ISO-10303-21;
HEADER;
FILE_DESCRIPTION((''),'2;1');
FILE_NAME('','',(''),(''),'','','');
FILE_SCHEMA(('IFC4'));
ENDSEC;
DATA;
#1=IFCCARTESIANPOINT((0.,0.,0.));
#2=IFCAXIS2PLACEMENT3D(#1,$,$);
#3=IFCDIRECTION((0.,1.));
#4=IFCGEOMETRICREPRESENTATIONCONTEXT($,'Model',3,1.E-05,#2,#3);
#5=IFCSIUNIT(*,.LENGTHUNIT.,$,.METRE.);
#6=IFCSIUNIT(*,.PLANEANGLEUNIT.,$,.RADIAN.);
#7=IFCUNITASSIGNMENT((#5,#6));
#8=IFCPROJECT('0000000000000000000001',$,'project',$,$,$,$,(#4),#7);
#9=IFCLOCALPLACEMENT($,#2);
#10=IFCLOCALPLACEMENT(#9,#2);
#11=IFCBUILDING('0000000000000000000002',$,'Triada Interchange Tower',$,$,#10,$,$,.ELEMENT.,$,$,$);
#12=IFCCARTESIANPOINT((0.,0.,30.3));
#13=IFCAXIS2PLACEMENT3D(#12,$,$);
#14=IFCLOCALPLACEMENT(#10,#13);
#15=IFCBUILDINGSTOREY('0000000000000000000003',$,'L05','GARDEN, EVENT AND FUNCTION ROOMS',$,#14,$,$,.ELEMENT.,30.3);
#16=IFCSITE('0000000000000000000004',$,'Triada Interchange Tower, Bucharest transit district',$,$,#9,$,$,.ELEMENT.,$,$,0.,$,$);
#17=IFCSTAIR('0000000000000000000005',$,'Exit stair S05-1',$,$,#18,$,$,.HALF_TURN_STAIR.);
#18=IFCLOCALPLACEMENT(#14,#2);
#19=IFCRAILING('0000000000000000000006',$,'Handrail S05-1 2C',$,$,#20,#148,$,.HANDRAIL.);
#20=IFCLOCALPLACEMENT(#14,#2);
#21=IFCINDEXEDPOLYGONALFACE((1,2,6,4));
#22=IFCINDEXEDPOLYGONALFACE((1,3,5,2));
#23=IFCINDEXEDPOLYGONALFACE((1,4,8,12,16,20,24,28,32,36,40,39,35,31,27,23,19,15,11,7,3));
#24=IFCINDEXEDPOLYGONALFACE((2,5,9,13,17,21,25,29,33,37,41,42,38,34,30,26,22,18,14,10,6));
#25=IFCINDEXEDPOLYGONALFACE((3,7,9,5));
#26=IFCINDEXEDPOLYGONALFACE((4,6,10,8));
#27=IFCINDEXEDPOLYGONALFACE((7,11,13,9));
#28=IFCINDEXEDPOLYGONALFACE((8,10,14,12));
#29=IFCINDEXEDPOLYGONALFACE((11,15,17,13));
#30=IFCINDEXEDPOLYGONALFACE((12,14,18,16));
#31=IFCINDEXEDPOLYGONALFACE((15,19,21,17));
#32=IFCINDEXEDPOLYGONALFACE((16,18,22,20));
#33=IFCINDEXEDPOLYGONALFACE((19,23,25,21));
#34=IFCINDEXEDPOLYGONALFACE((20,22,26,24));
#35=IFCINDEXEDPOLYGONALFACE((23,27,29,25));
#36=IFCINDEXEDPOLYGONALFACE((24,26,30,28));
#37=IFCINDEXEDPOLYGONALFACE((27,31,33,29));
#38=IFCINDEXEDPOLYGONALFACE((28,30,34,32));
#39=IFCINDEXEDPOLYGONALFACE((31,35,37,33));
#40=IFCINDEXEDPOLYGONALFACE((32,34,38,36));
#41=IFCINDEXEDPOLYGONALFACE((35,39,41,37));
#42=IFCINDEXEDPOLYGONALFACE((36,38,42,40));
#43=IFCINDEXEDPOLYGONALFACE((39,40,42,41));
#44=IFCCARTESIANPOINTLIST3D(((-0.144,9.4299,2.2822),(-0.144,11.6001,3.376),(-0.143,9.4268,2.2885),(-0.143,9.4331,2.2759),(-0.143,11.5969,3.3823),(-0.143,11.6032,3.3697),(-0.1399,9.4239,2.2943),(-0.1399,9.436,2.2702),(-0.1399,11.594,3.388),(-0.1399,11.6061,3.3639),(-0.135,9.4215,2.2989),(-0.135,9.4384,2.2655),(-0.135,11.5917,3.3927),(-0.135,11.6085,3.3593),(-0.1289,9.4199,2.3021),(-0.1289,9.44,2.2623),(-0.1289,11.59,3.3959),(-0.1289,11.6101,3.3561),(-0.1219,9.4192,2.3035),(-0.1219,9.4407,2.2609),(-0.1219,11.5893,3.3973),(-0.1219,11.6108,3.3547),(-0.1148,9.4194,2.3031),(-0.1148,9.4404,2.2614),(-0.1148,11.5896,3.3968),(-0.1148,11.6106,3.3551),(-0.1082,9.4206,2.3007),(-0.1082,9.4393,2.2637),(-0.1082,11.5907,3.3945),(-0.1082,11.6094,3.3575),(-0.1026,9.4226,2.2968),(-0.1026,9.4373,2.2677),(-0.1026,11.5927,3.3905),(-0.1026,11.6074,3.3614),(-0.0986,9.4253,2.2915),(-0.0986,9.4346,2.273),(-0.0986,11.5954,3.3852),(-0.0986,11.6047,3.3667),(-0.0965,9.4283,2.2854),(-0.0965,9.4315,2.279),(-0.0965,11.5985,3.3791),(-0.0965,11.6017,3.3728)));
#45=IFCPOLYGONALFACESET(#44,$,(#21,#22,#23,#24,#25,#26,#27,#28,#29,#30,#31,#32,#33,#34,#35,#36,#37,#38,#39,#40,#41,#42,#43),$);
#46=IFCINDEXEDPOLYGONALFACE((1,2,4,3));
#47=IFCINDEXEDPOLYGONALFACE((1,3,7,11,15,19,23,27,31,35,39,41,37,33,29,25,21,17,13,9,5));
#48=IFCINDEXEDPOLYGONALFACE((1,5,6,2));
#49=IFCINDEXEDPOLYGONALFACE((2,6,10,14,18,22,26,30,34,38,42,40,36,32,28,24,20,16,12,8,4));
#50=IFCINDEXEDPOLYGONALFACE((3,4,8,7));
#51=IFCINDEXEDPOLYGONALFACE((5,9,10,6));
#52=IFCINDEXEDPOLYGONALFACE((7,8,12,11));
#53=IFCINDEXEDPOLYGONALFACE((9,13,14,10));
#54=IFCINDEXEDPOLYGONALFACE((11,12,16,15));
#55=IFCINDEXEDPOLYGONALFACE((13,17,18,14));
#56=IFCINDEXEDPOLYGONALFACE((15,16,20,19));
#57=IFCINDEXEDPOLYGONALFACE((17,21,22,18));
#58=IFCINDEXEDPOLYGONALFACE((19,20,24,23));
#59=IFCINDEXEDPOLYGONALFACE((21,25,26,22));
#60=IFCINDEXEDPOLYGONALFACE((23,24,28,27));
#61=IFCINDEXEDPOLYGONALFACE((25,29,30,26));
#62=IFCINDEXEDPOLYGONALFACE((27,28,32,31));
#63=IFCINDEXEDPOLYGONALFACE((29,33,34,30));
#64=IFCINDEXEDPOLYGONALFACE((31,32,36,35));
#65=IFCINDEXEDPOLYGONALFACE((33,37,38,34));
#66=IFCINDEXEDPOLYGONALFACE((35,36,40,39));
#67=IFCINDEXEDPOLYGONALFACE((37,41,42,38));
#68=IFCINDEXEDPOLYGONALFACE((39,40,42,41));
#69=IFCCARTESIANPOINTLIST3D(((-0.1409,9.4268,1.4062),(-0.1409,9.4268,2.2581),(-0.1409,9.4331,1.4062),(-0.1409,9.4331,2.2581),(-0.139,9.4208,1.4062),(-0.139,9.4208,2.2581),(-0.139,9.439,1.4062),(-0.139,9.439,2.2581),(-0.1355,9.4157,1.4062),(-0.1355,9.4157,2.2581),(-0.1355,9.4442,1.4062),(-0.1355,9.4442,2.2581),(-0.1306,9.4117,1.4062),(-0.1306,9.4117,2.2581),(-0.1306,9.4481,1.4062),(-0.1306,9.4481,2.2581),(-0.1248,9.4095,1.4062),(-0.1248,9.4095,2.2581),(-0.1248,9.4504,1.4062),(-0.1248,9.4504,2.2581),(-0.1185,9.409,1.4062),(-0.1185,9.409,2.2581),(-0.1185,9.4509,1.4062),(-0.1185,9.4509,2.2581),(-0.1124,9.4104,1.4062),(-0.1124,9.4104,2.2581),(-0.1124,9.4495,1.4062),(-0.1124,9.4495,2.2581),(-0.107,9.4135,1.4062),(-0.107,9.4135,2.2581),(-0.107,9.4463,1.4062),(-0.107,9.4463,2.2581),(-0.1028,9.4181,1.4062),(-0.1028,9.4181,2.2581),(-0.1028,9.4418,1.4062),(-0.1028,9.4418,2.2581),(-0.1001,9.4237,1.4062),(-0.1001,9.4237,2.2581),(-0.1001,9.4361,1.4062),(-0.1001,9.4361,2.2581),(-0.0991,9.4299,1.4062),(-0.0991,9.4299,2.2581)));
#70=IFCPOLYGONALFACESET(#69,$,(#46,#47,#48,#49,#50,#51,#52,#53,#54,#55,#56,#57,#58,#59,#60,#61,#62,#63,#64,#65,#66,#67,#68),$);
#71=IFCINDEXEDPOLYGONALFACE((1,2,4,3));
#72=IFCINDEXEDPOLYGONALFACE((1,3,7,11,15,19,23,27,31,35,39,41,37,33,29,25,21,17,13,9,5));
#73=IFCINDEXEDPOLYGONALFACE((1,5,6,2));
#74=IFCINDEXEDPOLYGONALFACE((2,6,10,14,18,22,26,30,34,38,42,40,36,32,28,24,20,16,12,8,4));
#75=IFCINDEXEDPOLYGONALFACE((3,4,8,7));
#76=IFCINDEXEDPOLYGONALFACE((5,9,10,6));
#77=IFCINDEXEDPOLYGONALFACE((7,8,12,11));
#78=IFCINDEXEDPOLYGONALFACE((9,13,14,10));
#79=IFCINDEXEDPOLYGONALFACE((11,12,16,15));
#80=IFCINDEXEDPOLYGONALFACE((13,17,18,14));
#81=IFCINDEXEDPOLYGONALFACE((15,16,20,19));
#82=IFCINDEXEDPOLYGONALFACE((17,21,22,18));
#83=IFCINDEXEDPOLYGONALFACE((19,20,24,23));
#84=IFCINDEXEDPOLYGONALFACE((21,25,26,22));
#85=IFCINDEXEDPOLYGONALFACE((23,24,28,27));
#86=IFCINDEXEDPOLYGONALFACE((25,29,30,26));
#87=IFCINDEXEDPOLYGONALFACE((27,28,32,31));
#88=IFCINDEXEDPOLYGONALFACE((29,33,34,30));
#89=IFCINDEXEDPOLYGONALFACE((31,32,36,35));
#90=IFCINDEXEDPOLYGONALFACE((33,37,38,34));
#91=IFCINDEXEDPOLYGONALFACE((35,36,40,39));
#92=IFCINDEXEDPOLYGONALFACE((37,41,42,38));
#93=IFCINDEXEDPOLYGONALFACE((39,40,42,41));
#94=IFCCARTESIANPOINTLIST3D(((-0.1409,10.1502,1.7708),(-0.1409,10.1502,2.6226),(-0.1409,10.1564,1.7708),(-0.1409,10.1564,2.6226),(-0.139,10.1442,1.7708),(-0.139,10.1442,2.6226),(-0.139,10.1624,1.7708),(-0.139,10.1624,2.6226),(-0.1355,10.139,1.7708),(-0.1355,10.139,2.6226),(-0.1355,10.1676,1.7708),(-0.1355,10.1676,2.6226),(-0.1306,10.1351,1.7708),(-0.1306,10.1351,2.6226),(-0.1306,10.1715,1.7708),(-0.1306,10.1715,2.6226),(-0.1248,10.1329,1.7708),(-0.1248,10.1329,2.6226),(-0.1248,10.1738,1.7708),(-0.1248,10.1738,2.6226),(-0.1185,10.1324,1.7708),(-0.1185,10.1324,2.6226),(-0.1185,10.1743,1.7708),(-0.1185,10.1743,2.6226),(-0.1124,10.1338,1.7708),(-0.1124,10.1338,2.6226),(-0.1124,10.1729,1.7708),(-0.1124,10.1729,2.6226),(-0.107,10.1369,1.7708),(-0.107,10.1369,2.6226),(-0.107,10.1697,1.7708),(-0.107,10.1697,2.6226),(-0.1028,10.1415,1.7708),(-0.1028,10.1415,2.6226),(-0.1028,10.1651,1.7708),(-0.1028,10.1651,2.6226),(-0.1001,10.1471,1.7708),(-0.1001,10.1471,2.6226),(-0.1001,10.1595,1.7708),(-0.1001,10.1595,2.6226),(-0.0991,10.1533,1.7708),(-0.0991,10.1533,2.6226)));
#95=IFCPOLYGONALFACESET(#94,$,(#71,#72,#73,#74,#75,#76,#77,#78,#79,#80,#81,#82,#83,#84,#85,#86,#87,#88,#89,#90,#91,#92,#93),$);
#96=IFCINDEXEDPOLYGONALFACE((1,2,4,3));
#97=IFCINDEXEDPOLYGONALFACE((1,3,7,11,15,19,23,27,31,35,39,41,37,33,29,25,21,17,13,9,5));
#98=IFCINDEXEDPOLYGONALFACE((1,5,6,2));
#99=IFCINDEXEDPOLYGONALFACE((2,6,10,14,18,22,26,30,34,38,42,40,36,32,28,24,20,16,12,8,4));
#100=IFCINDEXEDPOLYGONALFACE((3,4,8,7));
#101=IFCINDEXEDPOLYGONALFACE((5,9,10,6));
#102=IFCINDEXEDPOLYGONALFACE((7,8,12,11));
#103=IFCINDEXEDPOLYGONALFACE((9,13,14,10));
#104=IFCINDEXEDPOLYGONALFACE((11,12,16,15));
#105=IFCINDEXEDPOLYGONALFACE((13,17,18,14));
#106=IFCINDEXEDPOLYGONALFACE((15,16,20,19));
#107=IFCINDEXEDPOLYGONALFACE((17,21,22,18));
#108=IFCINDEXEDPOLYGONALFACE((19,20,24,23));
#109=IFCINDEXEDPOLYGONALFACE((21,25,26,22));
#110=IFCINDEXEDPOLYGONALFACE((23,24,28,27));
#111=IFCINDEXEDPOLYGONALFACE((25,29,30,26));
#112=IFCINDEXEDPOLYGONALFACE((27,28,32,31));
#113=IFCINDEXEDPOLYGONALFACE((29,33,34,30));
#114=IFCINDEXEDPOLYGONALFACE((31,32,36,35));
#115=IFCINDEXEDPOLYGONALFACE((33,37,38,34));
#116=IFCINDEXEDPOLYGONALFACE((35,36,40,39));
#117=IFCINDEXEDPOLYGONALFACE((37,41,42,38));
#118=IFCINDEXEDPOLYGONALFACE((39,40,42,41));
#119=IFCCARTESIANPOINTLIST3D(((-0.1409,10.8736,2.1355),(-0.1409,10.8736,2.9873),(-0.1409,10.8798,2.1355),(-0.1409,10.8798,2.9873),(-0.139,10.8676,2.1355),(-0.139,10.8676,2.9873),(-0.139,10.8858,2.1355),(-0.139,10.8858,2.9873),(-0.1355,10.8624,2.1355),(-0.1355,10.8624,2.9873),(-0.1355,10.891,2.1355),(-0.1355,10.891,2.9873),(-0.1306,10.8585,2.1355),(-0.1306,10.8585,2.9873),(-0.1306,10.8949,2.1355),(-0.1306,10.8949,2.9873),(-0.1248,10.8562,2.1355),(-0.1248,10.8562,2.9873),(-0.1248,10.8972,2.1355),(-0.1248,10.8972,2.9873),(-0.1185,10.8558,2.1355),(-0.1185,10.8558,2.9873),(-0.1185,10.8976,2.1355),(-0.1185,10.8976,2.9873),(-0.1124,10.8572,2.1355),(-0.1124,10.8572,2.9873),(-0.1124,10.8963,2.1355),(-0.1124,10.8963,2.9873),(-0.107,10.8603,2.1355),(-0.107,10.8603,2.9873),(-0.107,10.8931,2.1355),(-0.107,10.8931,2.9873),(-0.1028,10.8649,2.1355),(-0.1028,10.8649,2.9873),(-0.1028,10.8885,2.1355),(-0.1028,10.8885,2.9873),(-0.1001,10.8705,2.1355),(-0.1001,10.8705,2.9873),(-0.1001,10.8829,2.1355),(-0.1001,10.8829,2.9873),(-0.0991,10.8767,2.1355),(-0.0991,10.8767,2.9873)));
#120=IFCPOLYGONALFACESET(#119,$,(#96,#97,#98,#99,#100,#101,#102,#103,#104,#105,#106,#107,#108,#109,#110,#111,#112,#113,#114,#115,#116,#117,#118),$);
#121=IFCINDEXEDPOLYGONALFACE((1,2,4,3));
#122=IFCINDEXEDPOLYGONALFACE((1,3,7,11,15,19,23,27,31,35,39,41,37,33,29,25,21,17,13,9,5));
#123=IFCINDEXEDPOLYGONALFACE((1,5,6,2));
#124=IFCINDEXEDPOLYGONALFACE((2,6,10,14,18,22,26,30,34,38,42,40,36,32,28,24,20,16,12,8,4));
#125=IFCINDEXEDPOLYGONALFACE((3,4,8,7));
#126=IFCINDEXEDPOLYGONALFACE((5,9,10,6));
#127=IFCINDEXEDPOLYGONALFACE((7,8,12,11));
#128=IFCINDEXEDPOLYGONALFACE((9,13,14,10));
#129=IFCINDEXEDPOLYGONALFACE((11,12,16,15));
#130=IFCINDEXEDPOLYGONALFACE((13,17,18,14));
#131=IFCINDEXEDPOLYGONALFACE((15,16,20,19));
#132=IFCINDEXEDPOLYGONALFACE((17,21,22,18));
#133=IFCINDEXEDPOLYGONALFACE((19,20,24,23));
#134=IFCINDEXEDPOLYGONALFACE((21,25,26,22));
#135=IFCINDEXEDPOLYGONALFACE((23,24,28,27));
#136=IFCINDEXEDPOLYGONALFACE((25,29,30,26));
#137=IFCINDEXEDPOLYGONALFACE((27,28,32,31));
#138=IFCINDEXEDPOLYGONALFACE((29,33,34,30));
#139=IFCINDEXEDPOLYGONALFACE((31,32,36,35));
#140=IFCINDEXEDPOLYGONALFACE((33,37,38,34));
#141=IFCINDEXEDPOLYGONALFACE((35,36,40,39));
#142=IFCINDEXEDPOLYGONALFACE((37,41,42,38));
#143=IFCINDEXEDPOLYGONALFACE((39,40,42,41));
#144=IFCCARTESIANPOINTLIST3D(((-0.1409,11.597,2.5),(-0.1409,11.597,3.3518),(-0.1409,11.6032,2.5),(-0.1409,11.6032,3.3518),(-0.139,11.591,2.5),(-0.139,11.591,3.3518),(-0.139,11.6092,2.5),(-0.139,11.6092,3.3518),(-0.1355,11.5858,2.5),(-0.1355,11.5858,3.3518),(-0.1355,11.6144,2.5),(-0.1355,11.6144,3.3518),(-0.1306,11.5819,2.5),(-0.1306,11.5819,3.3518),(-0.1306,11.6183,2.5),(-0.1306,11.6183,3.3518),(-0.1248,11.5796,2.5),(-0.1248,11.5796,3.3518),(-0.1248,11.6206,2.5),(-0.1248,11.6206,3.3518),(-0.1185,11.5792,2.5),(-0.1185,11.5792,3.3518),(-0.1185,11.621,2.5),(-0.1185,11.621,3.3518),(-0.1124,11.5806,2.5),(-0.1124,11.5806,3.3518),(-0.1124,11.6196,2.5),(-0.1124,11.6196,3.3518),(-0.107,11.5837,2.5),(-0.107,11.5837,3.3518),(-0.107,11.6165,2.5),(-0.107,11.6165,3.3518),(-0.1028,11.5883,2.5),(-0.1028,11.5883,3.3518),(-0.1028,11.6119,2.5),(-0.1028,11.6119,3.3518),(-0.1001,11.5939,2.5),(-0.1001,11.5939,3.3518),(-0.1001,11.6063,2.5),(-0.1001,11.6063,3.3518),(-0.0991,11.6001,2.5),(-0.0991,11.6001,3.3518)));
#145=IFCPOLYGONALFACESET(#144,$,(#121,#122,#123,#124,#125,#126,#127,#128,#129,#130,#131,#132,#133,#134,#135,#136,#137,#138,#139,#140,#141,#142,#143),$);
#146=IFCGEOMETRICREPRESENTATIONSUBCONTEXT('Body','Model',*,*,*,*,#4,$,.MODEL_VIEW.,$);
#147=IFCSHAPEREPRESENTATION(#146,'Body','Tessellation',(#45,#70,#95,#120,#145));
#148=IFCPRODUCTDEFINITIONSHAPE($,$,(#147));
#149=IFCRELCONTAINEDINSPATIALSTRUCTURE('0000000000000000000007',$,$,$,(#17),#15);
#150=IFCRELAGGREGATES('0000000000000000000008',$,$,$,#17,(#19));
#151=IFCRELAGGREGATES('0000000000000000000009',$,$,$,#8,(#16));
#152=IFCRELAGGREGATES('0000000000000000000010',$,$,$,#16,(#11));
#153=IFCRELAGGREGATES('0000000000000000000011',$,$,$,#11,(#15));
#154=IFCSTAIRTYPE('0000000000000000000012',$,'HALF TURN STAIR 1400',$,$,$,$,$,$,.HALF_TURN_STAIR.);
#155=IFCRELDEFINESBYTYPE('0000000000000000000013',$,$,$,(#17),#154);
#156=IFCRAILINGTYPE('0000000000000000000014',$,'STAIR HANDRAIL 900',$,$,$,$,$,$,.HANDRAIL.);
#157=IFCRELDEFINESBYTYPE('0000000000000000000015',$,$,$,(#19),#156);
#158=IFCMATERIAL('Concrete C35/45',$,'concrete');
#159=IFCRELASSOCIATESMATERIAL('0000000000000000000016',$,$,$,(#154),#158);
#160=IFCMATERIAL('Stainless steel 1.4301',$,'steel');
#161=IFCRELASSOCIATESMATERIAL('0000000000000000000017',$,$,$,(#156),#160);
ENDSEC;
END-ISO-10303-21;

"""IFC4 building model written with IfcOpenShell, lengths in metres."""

from ifc_helpers import new_model, si_unit, direction, frame, origin, origin_2d, place, context, subcontext, project, spatial, circle, extrude, material, type_object, element, aggregate, save


model = new_model("IFC4")

# Units and contexts
model_context = context("Model", 3, precision=1e-05, world=origin(), true_north=direction((0.0, 1.0)))
body_context = subcontext(model_context, "Body", "Model", "MODEL_VIEW")
ifc_project = project(units=[si_unit("LENGTHUNIT", "METRE"), si_unit("PLANEANGLEUNIT", "RADIAN")], contexts=[model_context])

# Site, building, storey
site_placement = place(None, origin())
site = spatial("IfcSite", under=ifc_project, at=site_placement, Name="Triada Interchange Tower, Bucharest transit district", CompositionType="ELEMENT", RefElevation=0.0)
building_placement = place(site_placement, origin())
building = spatial("IfcBuilding", under=site, at=building_placement, Name="Triada Interchange Tower", CompositionType="ELEMENT")
storey_placement = place(building_placement, frame((0.0, 0.0, 30.3)))
storey = spatial("IfcBuildingStorey", under=building, at=storey_placement, Name="L05", Description="GARDEN, EVENT AND FUNCTION ROOMS", CompositionType="ELEMENT", Elevation=30.3)

# Stair, railing
ifc_material_1 = material(Name="Concrete C35/45", Category="concrete")
stair_type = type_object("IfcStairType", Name="HALF TURN STAIR 1400", PredefinedType="HALF_TURN_STAIR", material=ifc_material_1)
stair_placement = place(storey_placement, origin())
stair = element("IfcStair", 1, at=stair_placement, inside=storey, type_object=stair_type, Name="Exit stair S05-1", PredefinedType="HALF_TURN_STAIR")
ifc_material_2 = material(Name="Stainless steel 1.4301", Category="steel")
railing_type = type_object("IfcRailingType", Name="STAIR HANDRAIL 900", PredefinedType="HANDRAIL", material=ifc_material_2)
railing_1_placement = place(storey_placement, frame((-0.1201, 9.4299, 1.4062)))
railing_1 = element("IfcRailing", 2, at=railing_1_placement, type_object=railing_type, Name="Handrail S05-1 2C", PredefinedType="HANDRAIL", context=body_context, shape_type="SweptSolid", body=[
    extrude(circle(Radius=0.0239, at=origin_2d()), frame((0.0, 0.0, 0.876), z_axis=(0.0, 0.892996, 0.450064), x_axis=(-1.0, 0.0, 0.0)), (0.0, 0.0, 1.0), 2.4302),
    extrude(circle(Radius=0.021, at=origin_2d()), origin(), (0.0, 0.0, 1.0), 0.8518),
    extrude(circle(Radius=0.021, at=origin_2d()), frame((0.0, 0.7234, 0.3645)), (0.0, 0.0, 1.0), 0.8518),
    extrude(circle(Radius=0.021, at=origin_2d()), frame((0.0, 1.4468, 0.7292)), (0.0, 0.0, 1.0), 0.8518),
    extrude(circle(Radius=0.021, at=origin_2d()), frame((0.0, 2.1702, 1.0938)), (0.0, 0.0, 1.0), 0.8518),
])
aggregate(stair, [railing_1])

save(model, "model.ifc")
